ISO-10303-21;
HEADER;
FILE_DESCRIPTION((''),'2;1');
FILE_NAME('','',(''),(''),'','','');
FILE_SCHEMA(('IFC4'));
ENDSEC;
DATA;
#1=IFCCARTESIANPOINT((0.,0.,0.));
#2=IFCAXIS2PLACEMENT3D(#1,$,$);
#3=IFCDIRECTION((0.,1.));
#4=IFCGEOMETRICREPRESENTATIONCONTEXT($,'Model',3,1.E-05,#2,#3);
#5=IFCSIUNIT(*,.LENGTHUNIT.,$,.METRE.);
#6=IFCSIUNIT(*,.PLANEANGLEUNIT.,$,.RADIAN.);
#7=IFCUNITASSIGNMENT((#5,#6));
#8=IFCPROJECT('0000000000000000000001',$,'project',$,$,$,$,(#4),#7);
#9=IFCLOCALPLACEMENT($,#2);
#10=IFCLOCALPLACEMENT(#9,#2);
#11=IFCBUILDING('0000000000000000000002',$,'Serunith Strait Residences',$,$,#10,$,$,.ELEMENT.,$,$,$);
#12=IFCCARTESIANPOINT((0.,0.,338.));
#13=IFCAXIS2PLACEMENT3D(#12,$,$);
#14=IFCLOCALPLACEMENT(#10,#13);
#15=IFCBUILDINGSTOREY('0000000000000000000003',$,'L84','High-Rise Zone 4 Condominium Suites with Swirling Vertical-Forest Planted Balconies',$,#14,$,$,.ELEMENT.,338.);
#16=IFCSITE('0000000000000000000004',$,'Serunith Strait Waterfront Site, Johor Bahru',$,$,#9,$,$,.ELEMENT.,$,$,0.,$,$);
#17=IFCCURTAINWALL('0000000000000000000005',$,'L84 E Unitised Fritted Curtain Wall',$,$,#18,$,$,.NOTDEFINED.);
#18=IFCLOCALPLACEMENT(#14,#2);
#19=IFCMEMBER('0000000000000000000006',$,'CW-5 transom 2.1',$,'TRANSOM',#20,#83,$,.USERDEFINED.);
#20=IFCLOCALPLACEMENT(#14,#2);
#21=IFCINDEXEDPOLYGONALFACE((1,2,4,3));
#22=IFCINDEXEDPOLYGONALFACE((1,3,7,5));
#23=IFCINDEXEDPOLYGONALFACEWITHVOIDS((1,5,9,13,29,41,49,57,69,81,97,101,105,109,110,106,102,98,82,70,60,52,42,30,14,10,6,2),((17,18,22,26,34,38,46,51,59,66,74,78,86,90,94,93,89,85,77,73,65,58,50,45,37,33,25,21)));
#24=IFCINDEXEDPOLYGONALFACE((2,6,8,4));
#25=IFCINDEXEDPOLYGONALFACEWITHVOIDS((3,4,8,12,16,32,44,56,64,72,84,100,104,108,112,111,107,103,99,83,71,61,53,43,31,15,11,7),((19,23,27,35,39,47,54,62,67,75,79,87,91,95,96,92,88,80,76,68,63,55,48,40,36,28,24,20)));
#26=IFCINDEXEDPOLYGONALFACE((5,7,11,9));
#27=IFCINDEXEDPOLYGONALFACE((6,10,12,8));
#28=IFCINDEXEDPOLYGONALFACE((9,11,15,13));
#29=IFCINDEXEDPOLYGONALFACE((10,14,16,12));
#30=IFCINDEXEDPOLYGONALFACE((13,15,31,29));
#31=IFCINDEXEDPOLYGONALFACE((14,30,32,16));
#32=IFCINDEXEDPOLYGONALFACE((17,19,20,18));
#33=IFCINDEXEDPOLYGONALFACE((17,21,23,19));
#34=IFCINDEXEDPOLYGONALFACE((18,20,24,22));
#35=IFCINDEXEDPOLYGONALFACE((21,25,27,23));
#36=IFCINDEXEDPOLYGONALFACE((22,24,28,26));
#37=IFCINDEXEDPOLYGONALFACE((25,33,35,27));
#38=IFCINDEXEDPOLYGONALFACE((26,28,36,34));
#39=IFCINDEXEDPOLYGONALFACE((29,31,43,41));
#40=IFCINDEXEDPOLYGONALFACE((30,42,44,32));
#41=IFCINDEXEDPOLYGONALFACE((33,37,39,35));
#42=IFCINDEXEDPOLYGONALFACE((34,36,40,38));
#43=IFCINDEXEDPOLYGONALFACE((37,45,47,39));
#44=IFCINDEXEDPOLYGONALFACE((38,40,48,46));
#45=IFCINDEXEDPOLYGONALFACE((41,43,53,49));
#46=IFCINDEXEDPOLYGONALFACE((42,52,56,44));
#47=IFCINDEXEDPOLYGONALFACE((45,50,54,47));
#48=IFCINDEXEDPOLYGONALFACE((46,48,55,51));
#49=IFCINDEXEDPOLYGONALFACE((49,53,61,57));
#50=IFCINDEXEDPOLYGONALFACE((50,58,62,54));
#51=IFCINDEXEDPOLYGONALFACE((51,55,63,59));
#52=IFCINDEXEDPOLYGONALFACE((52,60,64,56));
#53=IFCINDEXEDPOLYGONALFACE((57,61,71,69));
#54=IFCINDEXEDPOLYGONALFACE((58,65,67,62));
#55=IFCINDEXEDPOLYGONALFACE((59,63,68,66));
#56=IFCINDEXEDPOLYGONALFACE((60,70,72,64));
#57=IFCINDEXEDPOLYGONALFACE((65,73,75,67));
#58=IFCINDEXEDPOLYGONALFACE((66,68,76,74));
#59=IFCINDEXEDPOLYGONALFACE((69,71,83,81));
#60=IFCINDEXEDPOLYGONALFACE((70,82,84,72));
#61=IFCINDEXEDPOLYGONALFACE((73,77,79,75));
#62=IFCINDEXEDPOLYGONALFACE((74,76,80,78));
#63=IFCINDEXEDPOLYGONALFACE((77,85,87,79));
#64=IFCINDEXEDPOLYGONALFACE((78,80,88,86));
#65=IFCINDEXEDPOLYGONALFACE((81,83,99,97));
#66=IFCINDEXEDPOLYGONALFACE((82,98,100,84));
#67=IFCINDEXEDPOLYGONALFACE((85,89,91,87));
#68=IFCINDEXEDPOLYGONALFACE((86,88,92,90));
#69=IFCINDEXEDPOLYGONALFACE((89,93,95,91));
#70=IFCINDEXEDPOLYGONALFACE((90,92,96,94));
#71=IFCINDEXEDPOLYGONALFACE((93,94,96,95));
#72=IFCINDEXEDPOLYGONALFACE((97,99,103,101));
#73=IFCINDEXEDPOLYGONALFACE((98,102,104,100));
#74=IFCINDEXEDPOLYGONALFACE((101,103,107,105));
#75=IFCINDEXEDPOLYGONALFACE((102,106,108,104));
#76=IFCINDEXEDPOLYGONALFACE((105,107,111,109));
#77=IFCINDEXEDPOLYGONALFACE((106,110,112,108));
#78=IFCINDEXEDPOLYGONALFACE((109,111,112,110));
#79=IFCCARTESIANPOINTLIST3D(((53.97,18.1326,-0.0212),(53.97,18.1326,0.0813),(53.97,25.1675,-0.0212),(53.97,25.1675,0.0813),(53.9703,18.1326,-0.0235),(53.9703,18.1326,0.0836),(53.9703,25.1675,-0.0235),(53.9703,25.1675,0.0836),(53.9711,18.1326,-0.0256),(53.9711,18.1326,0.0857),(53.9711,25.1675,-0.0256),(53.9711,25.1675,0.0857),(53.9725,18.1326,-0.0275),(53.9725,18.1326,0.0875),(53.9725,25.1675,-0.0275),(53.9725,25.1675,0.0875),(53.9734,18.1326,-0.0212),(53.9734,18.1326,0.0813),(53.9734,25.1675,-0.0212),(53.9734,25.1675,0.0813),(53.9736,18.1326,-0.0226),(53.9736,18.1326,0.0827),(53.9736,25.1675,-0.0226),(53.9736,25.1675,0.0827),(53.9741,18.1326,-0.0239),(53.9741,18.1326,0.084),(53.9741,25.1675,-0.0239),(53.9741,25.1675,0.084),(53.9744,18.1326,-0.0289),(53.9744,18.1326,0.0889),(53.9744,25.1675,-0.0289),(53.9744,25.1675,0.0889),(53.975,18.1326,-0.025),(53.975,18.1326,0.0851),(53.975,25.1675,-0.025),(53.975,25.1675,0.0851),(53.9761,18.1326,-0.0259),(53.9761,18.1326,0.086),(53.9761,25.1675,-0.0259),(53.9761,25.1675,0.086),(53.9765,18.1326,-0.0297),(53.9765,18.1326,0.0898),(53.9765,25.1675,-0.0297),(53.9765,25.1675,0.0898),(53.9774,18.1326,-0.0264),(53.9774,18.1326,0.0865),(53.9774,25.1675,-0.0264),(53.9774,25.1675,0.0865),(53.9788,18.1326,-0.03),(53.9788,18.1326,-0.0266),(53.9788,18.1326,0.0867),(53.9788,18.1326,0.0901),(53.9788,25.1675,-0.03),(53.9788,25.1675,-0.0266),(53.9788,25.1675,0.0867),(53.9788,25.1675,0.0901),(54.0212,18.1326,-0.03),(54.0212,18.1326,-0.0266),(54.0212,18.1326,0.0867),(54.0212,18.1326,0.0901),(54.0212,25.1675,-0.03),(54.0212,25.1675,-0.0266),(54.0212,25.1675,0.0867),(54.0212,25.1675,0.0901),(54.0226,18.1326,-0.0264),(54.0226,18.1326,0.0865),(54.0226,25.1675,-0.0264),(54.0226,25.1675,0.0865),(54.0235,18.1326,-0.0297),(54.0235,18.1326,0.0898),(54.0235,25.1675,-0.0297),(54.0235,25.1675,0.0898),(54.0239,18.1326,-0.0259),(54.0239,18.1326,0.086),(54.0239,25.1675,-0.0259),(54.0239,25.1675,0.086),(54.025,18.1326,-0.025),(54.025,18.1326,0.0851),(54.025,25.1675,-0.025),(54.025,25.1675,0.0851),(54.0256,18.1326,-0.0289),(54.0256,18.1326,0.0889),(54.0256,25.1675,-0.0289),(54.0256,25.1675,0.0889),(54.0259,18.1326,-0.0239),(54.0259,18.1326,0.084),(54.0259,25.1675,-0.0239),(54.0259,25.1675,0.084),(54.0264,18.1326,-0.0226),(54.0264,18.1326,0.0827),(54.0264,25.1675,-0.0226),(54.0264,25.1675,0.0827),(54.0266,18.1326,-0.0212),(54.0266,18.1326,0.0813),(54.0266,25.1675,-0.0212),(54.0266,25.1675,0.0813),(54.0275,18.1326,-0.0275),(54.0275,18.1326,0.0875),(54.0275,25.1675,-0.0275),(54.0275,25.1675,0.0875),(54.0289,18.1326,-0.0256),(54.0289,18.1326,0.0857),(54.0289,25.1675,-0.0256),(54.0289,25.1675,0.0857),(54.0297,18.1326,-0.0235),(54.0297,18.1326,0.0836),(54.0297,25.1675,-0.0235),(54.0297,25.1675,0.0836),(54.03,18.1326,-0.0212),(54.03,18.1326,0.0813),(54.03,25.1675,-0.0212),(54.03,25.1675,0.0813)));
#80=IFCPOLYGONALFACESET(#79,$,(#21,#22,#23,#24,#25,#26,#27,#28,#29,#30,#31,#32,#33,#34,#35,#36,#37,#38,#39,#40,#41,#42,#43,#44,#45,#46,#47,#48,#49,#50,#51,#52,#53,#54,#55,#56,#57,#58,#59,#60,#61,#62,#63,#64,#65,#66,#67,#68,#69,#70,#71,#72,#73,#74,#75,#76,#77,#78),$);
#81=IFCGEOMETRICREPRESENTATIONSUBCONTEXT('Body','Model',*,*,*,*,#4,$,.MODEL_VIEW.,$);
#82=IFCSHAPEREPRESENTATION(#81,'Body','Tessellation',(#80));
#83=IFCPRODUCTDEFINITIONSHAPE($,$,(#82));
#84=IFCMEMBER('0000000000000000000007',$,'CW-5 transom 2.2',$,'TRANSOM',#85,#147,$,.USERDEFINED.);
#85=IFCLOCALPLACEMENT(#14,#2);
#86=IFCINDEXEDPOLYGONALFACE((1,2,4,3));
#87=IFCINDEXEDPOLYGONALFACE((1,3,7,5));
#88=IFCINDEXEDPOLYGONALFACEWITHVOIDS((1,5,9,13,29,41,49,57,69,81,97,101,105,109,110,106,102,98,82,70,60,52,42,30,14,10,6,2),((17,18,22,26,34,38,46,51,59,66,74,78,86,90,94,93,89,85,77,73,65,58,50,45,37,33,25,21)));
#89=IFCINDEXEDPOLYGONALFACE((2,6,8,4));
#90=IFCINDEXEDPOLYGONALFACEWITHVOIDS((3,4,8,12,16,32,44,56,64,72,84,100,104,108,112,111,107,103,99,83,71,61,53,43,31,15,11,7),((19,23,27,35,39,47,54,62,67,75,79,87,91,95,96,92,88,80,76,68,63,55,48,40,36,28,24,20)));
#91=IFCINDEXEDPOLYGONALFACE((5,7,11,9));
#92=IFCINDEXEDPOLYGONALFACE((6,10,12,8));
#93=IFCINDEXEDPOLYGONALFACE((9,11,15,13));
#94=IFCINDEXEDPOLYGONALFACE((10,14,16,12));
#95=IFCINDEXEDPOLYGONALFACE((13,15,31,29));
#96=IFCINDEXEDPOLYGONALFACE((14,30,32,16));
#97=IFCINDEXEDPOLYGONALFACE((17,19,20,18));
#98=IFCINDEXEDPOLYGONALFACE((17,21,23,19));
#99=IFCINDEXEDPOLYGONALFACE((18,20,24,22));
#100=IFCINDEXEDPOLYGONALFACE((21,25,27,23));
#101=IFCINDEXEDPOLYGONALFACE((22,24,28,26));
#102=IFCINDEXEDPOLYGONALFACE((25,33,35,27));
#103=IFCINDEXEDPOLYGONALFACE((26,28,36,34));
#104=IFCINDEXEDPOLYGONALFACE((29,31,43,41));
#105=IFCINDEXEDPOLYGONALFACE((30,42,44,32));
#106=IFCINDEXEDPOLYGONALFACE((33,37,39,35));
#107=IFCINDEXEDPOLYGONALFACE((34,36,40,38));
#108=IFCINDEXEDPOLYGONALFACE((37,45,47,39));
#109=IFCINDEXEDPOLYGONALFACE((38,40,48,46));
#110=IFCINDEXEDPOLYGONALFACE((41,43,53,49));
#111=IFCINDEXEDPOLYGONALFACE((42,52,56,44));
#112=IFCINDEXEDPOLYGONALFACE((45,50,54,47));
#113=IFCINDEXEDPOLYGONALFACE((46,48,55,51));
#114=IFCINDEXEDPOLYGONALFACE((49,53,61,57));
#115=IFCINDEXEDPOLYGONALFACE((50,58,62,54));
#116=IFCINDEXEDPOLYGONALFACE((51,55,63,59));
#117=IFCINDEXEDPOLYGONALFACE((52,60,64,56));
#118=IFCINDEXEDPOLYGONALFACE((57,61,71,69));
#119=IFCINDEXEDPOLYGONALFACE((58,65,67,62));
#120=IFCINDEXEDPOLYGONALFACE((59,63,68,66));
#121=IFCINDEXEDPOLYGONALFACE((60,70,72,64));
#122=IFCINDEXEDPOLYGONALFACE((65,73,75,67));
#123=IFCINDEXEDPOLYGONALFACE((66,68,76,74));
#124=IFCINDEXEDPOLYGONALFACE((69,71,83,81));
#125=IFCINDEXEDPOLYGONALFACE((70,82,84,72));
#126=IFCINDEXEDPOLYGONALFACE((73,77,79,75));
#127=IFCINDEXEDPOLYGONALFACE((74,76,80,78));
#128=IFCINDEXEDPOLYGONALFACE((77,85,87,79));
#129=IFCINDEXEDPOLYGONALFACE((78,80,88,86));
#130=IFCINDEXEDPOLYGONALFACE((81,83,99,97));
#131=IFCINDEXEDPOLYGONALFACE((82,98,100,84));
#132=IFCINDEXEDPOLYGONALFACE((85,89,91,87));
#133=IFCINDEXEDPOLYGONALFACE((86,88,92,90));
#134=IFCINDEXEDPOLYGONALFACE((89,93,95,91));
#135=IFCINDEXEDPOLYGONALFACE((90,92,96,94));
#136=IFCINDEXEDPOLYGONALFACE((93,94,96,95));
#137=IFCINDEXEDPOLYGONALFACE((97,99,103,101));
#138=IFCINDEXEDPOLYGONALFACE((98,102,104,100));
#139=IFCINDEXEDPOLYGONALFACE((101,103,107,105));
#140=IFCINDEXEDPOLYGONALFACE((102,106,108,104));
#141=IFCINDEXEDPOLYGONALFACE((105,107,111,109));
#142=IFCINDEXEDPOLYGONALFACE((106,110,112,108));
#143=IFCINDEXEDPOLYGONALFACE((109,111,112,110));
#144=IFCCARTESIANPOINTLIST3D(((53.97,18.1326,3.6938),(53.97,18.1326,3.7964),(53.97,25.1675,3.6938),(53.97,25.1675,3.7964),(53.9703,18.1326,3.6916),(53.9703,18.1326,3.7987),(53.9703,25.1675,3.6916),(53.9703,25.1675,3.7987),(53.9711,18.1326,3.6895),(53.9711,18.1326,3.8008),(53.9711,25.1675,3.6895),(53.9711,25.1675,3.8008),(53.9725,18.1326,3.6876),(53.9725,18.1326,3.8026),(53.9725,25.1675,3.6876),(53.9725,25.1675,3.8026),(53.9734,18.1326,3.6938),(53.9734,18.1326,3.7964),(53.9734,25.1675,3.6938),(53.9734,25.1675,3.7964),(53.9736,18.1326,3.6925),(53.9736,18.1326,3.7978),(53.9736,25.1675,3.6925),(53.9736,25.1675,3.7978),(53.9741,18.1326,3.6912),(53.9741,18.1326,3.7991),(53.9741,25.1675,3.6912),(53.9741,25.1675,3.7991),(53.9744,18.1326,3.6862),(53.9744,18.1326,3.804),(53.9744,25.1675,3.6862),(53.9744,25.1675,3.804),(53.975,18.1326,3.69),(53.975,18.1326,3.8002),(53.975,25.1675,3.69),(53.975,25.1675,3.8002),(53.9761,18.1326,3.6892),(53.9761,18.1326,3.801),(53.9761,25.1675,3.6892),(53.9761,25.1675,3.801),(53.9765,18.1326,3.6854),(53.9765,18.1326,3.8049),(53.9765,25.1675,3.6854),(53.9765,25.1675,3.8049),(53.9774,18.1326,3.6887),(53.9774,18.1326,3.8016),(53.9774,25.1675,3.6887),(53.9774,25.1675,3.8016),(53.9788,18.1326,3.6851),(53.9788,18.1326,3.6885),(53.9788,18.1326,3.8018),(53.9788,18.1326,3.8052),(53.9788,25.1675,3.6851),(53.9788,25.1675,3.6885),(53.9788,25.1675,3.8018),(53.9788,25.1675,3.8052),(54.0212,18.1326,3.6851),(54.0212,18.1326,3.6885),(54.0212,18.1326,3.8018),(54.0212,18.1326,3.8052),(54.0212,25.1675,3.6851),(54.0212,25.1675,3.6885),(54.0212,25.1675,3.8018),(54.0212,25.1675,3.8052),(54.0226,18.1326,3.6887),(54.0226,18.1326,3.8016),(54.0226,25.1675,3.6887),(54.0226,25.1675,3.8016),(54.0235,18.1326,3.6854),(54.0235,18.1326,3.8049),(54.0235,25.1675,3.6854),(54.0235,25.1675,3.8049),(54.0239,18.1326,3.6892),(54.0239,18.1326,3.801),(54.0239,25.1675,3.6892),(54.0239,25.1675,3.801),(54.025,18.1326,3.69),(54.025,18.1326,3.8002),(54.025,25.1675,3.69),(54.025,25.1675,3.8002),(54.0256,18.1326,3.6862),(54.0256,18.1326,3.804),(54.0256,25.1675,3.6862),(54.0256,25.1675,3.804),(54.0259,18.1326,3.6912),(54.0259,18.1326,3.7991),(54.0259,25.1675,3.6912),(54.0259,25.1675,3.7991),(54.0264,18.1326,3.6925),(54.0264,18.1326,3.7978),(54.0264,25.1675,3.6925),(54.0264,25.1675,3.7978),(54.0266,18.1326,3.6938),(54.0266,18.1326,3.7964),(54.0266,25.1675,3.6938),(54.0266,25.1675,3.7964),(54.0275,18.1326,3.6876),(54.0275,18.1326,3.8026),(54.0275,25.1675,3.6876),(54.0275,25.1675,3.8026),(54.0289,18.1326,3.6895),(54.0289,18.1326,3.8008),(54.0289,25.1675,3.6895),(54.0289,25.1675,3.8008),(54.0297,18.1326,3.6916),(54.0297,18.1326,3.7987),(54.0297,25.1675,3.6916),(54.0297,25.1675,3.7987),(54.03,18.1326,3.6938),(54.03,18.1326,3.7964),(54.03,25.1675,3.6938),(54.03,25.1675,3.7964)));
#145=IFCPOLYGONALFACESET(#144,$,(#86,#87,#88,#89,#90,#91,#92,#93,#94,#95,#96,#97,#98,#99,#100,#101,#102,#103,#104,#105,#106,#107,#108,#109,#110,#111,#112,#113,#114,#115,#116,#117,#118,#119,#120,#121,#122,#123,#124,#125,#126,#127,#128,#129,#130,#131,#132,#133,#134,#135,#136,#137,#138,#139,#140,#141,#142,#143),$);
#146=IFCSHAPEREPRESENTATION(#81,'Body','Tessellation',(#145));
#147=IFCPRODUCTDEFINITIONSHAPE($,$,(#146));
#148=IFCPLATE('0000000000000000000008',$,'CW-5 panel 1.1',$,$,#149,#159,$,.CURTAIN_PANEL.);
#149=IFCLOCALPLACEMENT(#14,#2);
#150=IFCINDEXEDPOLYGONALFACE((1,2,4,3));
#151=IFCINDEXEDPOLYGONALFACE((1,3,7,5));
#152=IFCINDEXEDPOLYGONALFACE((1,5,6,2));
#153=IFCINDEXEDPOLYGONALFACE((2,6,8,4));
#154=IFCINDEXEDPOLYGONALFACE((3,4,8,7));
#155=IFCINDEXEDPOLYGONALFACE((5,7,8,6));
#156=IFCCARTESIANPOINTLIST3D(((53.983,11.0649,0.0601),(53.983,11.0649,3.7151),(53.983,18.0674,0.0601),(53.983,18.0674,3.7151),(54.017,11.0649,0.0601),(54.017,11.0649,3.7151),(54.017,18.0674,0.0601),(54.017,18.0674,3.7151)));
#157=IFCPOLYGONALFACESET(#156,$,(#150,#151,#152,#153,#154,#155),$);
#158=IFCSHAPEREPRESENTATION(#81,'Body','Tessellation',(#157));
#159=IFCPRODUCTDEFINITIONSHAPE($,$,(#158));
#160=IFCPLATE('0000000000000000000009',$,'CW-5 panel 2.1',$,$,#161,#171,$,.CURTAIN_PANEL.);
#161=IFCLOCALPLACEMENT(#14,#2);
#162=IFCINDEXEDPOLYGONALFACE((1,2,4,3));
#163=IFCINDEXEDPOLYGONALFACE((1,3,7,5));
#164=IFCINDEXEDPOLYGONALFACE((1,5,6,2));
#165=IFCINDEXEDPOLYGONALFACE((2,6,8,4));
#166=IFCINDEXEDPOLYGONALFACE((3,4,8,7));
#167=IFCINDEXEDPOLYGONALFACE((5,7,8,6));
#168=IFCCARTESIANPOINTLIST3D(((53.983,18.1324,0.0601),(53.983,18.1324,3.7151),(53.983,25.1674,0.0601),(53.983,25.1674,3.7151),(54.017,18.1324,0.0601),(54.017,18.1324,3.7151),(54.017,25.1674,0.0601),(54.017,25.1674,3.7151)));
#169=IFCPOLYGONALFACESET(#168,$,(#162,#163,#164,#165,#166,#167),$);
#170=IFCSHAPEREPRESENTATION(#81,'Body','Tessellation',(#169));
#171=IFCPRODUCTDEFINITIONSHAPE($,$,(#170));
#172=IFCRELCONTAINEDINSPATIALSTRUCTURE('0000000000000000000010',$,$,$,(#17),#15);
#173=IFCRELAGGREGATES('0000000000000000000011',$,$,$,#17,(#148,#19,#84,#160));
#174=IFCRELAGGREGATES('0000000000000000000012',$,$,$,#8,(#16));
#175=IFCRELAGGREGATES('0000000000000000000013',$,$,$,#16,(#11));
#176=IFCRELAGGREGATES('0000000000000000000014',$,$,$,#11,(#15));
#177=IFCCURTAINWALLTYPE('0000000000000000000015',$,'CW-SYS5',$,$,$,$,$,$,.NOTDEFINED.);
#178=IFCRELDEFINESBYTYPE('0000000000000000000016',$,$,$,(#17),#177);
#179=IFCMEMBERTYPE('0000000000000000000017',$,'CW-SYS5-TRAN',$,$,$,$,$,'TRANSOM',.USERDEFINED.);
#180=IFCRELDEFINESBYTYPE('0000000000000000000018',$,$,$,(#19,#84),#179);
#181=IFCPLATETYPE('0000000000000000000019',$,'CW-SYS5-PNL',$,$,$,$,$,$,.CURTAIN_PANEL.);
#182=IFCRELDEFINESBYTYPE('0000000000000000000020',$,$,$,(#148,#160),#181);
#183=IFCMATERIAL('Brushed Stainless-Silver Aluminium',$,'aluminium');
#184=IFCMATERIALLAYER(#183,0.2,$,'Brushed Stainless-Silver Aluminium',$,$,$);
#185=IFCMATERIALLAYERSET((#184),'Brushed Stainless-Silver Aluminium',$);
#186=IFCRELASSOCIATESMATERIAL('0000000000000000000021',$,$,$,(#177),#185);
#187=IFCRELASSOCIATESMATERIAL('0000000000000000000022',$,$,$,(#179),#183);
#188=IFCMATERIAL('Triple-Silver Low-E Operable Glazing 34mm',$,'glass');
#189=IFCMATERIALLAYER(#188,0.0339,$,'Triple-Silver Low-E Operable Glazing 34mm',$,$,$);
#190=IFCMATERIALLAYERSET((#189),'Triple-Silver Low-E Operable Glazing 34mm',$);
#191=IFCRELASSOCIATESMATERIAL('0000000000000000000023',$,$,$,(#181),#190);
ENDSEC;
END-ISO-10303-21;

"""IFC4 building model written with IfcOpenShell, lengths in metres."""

from ifc_helpers import new_model, si_unit, direction, frame, origin, origin_2d, place, context, subcontext, project, spatial, rectangle, hollow_rectangle, extrude, source, transform, mapped, material, layer, layer_set, material_profile, profile_set, type_object, element, aggregate, save


model = new_model("IFC4")

# Units and contexts
model_context = context("Model", 3, precision=1e-05, world=origin(), true_north=direction((0.0, 1.0)))
body_context = subcontext(model_context, "Body", "Model", "MODEL_VIEW")
ifc_project = project(units=[si_unit("LENGTHUNIT", "METRE"), si_unit("PLANEANGLEUNIT", "RADIAN")], contexts=[model_context])

# Site, building, storey
site_placement = place(None, origin())
site = spatial("IfcSite", under=ifc_project, at=site_placement, Name="Serunith Strait Waterfront Site, Johor Bahru", CompositionType="ELEMENT", RefElevation=0.0)
building_placement = place(site_placement, origin())
building = spatial("IfcBuilding", under=site, at=building_placement, Name="Serunith Strait Residences", CompositionType="ELEMENT")
storey_placement = place(building_placement, frame((0.0, 0.0, 338.0)))
storey = spatial("IfcBuildingStorey", under=building, at=storey_placement, Name="L84", Description="High-Rise Zone 4 Condominium Suites with Swirling Vertical-Forest Planted Balconies", CompositionType="ELEMENT", Elevation=338.0)

# Curtain wall, members, plates
ifc_material_1 = material(Name="Brushed Stainless-Silver Aluminium", Category="aluminium")
ifc_layer_1 = layer(ifc_material_1, 0.2, Name="Brushed Stainless-Silver Aluminium")
ifc_layer_set_1 = layer_set([ifc_layer_1], Name="Brushed Stainless-Silver Aluminium")
curtain_wall_type = type_object("IfcCurtainWallType", Name="CW-SYS5", PredefinedType="NOTDEFINED", material=ifc_layer_set_1)
curtain_wall_placement = place(storey_placement, origin())
curtain_wall = element("IfcCurtainWall", 1, at=curtain_wall_placement, inside=storey, type_object=curtain_wall_type, Name="L84 E Unitised Fritted Curtain Wall", PredefinedType="NOTDEFINED")
ifc_material_profile_1 = material_profile(ifc_material_1, hollow_rectangle(XDim=0.0601, YDim=0.1201, WallThickness=0.0034, InnerFilletRadius=0.0054, OuterFilletRadius=0.0088, at=origin_2d()), Name="ALU 120x60x3.5")
ifc_profile_set_1 = profile_set([ifc_material_profile_1], Name="Brushed Stainless-Silver Aluminium")
member_type_1 = type_object("IfcMemberType", Name="CW-SYS5-TRAN", ElementType="TRANSOM", PredefinedType="USERDEFINED", material=ifc_profile_set_1)
shared_shape_1 = source(origin(), body_context, "Body", "SweptSolid", [
    extrude(hollow_rectangle(XDim=0.0601, YDim=0.1201, WallThickness=0.0034, InnerFilletRadius=0.0054, OuterFilletRadius=0.0088, at=origin_2d()), origin(), (0.0, 0.0, 1.0), 7.0349),
])
member_1_placement = place(storey_placement, frame((54.0, 18.1326, 0.03), z_axis=(0.0, 1.0, 0.0), x_axis=(-1.0, 0.0, 0.0)))
member_1 = element("IfcMember", 2, at=member_1_placement, type_object=member_type_1, Name="CW-5 transom 2.1", ObjectType="TRANSOM", PredefinedType="USERDEFINED", context=body_context, shape_type="MappedRepresentation", body=[
    mapped(shared_shape_1, transform((0.0, 0.0, 0.0), scale=1.0)),
])
member_2_placement = place(storey_placement, frame((54.0, 18.1326, 3.7451), z_axis=(0.0, 1.0, 0.0), x_axis=(-1.0, 0.0, 0.0)))
member_2 = element("IfcMember", 3, at=member_2_placement, type_object=member_type_1, Name="CW-5 transom 2.2", ObjectType="TRANSOM", PredefinedType="USERDEFINED", context=body_context, shape_type="MappedRepresentation", body=[
    mapped(shared_shape_1, transform((0.0, 0.0, 0.0), scale=1.0)),
])
ifc_material_2 = material(Name="Triple-Silver Low-E Operable Glazing 34mm", Category="glass")
ifc_layer_2 = layer(ifc_material_2, 0.0339, Name="Triple-Silver Low-E Operable Glazing 34mm")
ifc_layer_set_2 = layer_set([ifc_layer_2], Name="Triple-Silver Low-E Operable Glazing 34mm")
plate_type = type_object("IfcPlateType", Name="CW-SYS5-PNL", PredefinedType="CURTAIN_PANEL", material=ifc_layer_set_2)
shared_shape_2 = source(origin(), body_context, "Body", "SweptSolid", [
    extrude(rectangle(XDim=7.0024, YDim=0.0339, at=origin_2d()), origin(), (0.0, 0.0, 1.0), 3.655),
])
plate_1_placement = place(storey_placement, frame((54.0, 14.5662, 0.0601), z_axis=(0.0, 0.0, 1.0), x_axis=(0.0, 1.0, 0.0)))
plate_1 = element("IfcPlate", 4, at=plate_1_placement, type_object=plate_type, Name="CW-5 panel 1.1", PredefinedType="CURTAIN_PANEL", context=body_context, shape_type="MappedRepresentation", body=[
    mapped(shared_shape_2, transform((0.0, 0.0, 0.0), scale=1.0)),
])
shared_shape_3 = source(origin(), body_context, "Body", "SweptSolid", [
    extrude(rectangle(XDim=7.0349, YDim=0.0339, at=origin_2d()), origin(), (0.0, 0.0, 1.0), 3.655),
])
plate_2_placement = place(storey_placement, frame((54.0, 21.6499, 0.0601), z_axis=(0.0, 0.0, 1.0), x_axis=(0.0, 1.0, 0.0)))
plate_2 = element("IfcPlate", 5, at=plate_2_placement, type_object=plate_type, Name="CW-5 panel 2.1", PredefinedType="CURTAIN_PANEL", context=body_context, shape_type="MappedRepresentation", body=[
    mapped(shared_shape_3, transform((0.0, 0.0, 0.0), scale=1.0)),
])
aggregate(curtain_wall, [plate_1, member_1, member_2, plate_2])

save(model, "model.ifc")
